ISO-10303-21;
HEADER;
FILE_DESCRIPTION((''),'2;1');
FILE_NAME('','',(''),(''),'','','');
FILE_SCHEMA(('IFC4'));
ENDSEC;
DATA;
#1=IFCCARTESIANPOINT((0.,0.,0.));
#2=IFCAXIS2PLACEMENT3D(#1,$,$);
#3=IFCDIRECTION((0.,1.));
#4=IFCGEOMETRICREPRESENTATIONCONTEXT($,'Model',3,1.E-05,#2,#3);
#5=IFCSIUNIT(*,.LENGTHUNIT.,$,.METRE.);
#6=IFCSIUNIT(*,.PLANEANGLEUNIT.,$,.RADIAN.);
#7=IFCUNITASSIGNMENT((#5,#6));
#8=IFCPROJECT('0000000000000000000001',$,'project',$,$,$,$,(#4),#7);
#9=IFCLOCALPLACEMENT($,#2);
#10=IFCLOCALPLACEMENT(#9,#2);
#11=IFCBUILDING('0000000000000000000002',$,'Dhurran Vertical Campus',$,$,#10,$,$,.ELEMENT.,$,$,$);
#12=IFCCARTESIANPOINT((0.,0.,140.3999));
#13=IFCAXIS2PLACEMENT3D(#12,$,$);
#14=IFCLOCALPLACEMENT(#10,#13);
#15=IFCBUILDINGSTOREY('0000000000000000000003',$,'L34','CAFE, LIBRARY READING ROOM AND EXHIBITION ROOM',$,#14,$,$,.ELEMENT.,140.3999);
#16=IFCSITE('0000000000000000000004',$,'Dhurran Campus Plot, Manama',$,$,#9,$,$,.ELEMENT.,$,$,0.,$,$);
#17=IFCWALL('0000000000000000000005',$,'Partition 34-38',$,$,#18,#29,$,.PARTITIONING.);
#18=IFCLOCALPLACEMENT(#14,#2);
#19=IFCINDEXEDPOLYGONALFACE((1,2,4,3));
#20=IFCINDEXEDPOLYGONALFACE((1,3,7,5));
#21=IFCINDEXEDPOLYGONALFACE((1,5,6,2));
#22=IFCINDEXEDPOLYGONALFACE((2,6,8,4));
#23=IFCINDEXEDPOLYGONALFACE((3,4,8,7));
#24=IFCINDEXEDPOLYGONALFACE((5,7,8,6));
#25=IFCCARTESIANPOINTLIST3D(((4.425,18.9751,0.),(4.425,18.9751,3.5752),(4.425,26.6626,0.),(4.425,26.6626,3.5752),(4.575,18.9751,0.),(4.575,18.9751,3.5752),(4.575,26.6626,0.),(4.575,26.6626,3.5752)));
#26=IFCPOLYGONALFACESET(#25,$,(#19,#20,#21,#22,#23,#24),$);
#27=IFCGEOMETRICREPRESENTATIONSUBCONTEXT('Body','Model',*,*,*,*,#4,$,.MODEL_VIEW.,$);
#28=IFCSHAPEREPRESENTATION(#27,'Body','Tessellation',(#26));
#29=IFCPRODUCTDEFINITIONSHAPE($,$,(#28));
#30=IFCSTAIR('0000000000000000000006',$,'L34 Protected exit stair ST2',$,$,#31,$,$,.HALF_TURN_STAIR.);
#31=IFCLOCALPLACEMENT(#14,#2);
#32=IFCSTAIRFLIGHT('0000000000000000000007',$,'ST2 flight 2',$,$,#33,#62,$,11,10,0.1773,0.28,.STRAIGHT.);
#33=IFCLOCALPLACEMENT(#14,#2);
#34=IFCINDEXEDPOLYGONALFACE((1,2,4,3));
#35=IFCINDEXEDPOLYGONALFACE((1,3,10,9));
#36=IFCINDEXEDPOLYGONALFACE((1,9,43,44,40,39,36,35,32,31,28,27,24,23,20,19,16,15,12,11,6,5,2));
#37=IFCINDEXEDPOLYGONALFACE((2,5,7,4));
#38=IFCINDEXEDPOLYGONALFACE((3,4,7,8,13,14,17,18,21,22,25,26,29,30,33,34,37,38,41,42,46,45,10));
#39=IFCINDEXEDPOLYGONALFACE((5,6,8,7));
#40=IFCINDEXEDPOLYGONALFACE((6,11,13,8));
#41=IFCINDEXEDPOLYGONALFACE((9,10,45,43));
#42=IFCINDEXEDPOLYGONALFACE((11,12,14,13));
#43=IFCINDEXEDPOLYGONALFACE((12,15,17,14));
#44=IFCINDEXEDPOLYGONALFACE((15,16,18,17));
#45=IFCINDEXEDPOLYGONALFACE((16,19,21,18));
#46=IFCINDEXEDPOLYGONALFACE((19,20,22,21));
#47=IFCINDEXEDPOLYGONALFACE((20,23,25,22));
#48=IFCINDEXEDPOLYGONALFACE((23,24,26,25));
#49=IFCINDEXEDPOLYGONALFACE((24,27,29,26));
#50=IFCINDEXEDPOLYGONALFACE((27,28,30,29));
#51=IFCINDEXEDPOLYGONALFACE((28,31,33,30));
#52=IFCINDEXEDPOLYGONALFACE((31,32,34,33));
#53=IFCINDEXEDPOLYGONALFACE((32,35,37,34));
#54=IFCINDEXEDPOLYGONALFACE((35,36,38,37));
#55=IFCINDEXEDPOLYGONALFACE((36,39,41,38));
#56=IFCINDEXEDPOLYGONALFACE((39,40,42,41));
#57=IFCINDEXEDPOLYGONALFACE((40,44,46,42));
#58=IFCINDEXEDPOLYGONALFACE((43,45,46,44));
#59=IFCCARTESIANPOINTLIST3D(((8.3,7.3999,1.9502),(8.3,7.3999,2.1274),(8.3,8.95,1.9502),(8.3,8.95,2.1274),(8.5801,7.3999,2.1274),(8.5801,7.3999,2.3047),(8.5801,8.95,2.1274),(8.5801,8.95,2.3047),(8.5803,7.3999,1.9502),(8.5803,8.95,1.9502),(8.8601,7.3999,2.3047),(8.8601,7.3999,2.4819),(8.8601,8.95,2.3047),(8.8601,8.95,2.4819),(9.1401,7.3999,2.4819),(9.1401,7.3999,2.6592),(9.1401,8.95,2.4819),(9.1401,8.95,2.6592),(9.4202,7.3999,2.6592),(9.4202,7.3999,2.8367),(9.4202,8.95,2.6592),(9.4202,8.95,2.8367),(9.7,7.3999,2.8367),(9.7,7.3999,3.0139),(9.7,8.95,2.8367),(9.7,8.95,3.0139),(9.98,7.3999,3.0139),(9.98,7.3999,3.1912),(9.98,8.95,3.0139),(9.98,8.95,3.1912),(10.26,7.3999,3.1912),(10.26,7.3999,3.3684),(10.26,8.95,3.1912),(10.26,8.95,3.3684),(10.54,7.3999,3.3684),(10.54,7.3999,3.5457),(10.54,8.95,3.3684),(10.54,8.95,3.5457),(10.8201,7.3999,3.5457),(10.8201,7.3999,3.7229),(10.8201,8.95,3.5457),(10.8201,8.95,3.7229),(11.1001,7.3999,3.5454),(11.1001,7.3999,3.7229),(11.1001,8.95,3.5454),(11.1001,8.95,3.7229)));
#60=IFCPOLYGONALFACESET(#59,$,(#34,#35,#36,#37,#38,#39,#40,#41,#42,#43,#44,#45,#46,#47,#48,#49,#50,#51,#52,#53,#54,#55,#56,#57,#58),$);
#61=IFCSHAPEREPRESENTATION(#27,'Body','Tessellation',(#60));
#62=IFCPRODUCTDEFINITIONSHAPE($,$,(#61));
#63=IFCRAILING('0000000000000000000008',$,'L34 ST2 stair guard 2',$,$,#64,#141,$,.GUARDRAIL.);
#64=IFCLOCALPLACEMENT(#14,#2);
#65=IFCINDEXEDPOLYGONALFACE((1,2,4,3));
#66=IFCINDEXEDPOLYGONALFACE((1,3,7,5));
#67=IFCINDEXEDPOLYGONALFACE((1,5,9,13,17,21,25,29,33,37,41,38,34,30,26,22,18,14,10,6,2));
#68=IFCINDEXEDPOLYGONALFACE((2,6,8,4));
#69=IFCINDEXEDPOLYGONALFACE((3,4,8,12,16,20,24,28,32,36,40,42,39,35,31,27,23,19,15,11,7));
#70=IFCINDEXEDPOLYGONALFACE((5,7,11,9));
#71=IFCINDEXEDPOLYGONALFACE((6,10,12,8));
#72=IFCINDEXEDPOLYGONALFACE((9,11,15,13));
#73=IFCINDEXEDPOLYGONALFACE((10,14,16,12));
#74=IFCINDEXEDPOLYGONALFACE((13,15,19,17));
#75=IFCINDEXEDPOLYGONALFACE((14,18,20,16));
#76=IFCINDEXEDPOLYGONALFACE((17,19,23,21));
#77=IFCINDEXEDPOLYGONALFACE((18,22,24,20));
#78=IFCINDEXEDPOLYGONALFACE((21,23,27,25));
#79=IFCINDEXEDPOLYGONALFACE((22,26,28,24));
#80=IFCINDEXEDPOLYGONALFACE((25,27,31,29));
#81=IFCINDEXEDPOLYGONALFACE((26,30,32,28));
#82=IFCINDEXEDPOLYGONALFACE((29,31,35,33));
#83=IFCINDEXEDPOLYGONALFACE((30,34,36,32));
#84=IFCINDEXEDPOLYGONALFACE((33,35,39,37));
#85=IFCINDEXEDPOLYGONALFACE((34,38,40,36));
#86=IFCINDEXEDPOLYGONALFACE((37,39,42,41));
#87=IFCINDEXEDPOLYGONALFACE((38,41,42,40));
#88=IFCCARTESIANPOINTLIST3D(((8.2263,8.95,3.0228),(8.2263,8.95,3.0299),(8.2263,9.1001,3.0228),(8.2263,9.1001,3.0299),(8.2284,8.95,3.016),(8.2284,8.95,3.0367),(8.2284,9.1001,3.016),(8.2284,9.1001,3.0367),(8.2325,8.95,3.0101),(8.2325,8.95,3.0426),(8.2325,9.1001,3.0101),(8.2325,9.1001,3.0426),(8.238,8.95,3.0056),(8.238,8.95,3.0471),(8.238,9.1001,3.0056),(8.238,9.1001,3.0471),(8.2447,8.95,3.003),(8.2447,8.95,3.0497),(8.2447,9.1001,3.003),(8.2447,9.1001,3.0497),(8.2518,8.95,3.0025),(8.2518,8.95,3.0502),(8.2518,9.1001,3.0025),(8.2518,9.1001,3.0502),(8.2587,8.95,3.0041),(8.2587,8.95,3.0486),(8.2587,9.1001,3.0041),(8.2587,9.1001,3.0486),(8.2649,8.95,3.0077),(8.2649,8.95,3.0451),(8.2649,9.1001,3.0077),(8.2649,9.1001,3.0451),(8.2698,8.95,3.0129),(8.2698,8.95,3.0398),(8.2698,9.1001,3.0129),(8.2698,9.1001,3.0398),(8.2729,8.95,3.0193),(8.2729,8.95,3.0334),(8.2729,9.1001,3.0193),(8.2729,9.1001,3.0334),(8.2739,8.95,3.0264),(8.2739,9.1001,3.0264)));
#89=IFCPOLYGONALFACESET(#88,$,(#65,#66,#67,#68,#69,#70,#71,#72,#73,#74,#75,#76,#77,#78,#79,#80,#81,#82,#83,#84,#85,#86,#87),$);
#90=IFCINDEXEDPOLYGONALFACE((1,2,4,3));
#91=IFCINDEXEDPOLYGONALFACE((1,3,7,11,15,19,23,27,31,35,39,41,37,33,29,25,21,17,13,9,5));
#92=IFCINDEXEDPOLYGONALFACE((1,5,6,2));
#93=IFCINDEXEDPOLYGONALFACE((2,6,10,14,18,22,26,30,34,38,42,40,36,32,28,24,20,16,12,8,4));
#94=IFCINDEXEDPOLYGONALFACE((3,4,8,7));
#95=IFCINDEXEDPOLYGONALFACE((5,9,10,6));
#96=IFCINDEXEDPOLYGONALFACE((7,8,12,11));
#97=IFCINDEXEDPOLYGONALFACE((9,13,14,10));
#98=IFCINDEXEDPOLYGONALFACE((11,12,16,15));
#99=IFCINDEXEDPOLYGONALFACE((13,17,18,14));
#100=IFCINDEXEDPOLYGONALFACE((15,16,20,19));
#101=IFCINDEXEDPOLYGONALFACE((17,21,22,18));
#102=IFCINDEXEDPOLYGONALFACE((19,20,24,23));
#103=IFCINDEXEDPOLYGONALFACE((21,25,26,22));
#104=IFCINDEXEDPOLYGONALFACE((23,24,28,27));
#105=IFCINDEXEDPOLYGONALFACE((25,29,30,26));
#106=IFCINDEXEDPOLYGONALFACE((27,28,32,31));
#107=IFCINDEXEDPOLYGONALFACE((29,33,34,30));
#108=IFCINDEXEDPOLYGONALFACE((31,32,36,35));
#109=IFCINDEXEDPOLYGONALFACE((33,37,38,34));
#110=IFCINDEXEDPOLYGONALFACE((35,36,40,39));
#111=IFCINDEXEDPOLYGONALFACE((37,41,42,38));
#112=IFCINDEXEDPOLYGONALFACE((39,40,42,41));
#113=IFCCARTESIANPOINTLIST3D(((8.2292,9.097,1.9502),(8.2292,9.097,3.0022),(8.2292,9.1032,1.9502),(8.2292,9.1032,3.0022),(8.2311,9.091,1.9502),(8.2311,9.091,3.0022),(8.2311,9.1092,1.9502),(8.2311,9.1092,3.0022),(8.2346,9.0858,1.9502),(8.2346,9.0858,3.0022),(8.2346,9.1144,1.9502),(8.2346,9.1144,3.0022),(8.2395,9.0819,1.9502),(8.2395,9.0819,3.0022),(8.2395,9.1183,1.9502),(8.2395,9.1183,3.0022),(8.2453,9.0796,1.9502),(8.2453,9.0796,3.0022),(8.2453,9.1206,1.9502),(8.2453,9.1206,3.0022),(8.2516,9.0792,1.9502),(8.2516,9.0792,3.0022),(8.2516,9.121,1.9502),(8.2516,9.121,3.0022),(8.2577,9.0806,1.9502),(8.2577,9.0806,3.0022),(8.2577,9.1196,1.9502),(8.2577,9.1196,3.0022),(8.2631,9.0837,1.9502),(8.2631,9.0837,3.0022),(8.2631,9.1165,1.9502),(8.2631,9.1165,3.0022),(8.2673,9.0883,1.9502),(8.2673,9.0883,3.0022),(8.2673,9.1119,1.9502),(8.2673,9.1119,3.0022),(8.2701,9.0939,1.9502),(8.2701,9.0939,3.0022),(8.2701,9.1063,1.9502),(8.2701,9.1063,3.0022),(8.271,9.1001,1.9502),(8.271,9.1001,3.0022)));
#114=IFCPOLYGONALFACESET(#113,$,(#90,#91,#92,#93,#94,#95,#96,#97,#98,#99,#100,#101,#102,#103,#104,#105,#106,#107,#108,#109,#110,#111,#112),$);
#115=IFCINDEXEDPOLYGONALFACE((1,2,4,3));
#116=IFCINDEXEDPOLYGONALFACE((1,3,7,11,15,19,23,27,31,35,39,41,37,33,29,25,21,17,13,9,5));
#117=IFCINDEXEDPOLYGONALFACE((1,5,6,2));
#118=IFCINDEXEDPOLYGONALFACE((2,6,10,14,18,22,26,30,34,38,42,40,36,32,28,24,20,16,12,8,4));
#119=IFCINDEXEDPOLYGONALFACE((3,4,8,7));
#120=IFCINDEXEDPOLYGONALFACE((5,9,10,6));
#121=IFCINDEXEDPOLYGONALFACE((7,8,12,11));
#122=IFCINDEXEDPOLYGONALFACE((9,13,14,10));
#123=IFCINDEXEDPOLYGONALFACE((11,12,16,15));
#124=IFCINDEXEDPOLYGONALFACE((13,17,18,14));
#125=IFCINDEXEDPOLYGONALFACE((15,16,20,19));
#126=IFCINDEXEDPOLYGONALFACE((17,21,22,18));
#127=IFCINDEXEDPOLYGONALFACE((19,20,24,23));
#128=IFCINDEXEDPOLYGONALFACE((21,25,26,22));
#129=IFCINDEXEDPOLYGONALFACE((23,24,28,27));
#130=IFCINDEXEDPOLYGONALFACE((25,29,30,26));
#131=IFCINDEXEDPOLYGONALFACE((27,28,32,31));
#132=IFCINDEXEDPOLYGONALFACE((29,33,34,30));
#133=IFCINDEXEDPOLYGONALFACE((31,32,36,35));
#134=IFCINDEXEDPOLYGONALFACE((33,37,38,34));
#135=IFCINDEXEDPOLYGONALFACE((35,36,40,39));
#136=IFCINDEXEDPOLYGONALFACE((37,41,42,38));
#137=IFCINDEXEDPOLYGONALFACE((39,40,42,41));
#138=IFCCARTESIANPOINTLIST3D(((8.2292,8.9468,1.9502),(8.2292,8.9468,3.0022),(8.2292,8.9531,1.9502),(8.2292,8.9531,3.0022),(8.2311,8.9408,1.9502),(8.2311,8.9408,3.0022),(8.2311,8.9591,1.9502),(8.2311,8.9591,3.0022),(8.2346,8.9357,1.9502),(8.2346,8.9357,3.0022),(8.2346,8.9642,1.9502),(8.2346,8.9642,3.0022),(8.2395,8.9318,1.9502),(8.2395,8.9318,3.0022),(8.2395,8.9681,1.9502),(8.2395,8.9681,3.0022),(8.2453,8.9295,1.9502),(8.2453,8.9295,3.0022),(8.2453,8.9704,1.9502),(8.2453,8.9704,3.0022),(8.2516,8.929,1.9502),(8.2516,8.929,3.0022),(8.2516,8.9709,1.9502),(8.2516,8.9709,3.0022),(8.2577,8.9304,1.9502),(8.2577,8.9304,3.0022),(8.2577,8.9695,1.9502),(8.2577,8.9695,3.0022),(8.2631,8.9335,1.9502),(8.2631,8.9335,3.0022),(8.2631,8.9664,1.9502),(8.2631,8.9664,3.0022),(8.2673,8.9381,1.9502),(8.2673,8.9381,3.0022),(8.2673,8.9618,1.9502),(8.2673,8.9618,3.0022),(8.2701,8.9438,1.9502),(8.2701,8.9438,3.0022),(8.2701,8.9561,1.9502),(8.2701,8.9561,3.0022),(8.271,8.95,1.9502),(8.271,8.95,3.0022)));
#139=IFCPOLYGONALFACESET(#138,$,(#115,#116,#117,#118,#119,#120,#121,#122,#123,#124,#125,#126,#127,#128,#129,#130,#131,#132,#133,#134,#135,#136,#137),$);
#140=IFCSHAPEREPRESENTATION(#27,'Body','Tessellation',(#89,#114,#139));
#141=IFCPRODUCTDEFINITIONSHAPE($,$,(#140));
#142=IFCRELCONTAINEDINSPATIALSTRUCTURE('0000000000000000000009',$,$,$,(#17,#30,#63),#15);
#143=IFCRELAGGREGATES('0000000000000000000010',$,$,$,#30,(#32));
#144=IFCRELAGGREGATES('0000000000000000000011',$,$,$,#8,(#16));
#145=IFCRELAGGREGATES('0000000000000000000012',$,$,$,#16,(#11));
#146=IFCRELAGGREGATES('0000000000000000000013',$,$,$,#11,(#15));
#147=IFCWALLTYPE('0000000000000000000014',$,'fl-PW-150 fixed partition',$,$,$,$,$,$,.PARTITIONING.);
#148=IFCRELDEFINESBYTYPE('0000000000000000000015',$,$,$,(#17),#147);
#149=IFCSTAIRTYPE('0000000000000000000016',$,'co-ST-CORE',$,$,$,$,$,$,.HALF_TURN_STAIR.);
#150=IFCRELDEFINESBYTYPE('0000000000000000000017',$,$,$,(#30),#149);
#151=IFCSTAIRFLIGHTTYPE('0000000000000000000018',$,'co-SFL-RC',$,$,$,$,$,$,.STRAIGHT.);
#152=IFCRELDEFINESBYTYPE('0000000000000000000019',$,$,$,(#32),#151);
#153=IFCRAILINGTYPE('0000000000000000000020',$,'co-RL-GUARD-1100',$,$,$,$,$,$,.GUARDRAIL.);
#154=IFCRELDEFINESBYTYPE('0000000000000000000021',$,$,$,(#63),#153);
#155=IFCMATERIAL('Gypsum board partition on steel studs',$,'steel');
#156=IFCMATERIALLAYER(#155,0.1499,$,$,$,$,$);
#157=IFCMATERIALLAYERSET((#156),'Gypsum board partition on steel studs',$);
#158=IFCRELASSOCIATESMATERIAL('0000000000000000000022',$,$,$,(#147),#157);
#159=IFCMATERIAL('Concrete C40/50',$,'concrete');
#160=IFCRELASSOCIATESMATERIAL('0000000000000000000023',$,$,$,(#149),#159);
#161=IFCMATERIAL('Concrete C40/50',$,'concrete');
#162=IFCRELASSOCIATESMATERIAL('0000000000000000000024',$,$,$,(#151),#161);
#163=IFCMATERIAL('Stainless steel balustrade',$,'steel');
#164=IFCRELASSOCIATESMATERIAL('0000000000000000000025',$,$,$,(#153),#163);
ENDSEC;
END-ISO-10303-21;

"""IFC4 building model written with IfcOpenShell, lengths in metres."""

from ifc_helpers import new_model, si_unit, direction, frame, frame_2d, origin, origin_2d, place, context, subcontext, project, spatial, polyline, rectangle, circle, outline, extrude, material, layer, layer_set, type_object, element, aggregate, save


model = new_model("IFC4")

# Units and contexts
model_context = context("Model", 3, precision=1e-05, world=origin(), true_north=direction((0.0, 1.0)))
body_context = subcontext(model_context, "Body", "Model", "MODEL_VIEW")
ifc_project = project(units=[si_unit("LENGTHUNIT", "METRE"), si_unit("PLANEANGLEUNIT", "RADIAN")], contexts=[model_context])

# Site, building, storey
site_placement = place(None, origin())
site = spatial("IfcSite", under=ifc_project, at=site_placement, Name="Dhurran Campus Plot, Manama", CompositionType="ELEMENT", RefElevation=0.0)
building_placement = place(site_placement, origin())
building = spatial("IfcBuilding", under=site, at=building_placement, Name="Dhurran Vertical Campus", CompositionType="ELEMENT")
storey_placement = place(building_placement, frame((0.0, 0.0, 140.3999)))
storey = spatial("IfcBuildingStorey", under=building, at=storey_placement, Name="L34", Description="CAFE, LIBRARY READING ROOM AND EXHIBITION ROOM", CompositionType="ELEMENT", Elevation=140.3999)

# Wall
ifc_material_1 = material(Name="Gypsum board partition on steel studs", Category="steel")
ifc_layer_1 = layer(ifc_material_1, 0.1499)
ifc_layer_set_1 = layer_set([ifc_layer_1], Name="Gypsum board partition on steel studs")
wall_type_1 = type_object("IfcWallType", Name="fl-PW-150 fixed partition", PredefinedType="PARTITIONING", material=ifc_layer_set_1)
wall_1_placement = place(storey_placement, frame((4.5, 26.6626, 0.0), z_axis=(0.0, 0.0, 1.0), x_axis=(0.0, -1.0, 0.0)))
element("IfcWall", 1, at=wall_1_placement, inside=storey, type_object=wall_type_1, Name="Partition 34-38", PredefinedType="PARTITIONING", context=body_context, shape_type="SweptSolid", body=[
    extrude(rectangle(XDim=7.6875, YDim=0.1499, at=frame_2d((3.8438, 0.0))), origin(), (0.0, 0.0, 1.0), 3.5752),
])

# Stair, stair flight
ifc_material_2 = material(Name="Concrete C40/50", Category="concrete")
stair_type = type_object("IfcStairType", Name="co-ST-CORE", PredefinedType="HALF_TURN_STAIR", material=ifc_material_2)
stair_placement = place(storey_placement, origin())
stair = element("IfcStair", 2, at=stair_placement, inside=storey, type_object=stair_type, Name="L34 Protected exit stair ST2", PredefinedType="HALF_TURN_STAIR")
ifc_material_3 = material(Name="Concrete C40/50", Category="concrete")
stair_flight_type = type_object("IfcStairFlightType", Name="co-SFL-RC", PredefinedType="STRAIGHT", material=ifc_material_3)
stair_flight_placement = place(storey_placement, frame((8.3, 8.175, 1.9502), z_axis=(0.0, 0.0, 1.0), x_axis=(1.0, 0.0, 0.0)))
stair_flight = element("IfcStairFlight", 3, at=stair_flight_placement, type_object=stair_flight_type, Name="ST2 flight 2", NumberOfRisers=11, NumberOfTreads=10, PredefinedType="STRAIGHT", RiserHeight=0.1773, TreadLength=0.28, context=body_context, shape_type="SweptSolid", body=[
    extrude(outline(polyline([(0.0, 0.0), (0.0, 0.1772), (0.28, 0.1772), (0.28, 0.3545), (0.5601, 0.3545), (0.5601, 0.5317), (0.8401, 0.5317), (0.8401, 0.709), (1.1201, 0.709), (1.1201, 0.8865), (1.3999, 0.8865), (1.3999, 1.0637), (1.6799, 1.0637), (1.6799, 1.241), (1.96, 1.241), (1.96, 1.4182), (2.24, 1.4182), (2.24, 1.5955), (2.52, 1.5955), (2.52, 1.7727), (2.8, 1.7727), (2.8, 1.95), (2.8, 1.5952), (0.2803, 0.0), (0.0, 0.0)])), frame((0.0, 0.7749, 0.0), z_axis=(0.0, -1.0, 0.0), x_axis=(1.0, 0.0, 0.0)), (0.0, 0.0, 1.0), 1.55),
])
aggregate(stair, [stair_flight])

# Railing
ifc_material_4 = material(Name="Stainless steel balustrade", Category="steel")
railing_type_1 = type_object("IfcRailingType", Name="co-RL-GUARD-1100", PredefinedType="GUARDRAIL", material=ifc_material_4)
railing_1_placement = place(storey_placement, frame((8.25, 9.1001, 1.9502)))
element("IfcRailing", 4, at=railing_1_placement, inside=storey, type_object=railing_type_1, Name="L34 ST2 stair guard 2", PredefinedType="GUARDRAIL", context=body_context, shape_type="SweptSolid", body=[
    extrude(circle(Radius=0.0239, at=origin_2d()), frame((0.0, 0.0, 1.0762), z_axis=(0.0, -1.0, 0.0), x_axis=(1.0, 0.0, 0.0)), (0.0, 0.0, 1.0), 0.1501),
    extrude(circle(Radius=0.021, at=origin_2d()), origin(), (0.0, 0.0, 1.0), 1.052),
    extrude(circle(Radius=0.021, at=origin_2d()), frame((0.0, -0.1501, 0.0)), (0.0, 0.0, 1.0), 1.052),
])

save(model, "model.ifc")
